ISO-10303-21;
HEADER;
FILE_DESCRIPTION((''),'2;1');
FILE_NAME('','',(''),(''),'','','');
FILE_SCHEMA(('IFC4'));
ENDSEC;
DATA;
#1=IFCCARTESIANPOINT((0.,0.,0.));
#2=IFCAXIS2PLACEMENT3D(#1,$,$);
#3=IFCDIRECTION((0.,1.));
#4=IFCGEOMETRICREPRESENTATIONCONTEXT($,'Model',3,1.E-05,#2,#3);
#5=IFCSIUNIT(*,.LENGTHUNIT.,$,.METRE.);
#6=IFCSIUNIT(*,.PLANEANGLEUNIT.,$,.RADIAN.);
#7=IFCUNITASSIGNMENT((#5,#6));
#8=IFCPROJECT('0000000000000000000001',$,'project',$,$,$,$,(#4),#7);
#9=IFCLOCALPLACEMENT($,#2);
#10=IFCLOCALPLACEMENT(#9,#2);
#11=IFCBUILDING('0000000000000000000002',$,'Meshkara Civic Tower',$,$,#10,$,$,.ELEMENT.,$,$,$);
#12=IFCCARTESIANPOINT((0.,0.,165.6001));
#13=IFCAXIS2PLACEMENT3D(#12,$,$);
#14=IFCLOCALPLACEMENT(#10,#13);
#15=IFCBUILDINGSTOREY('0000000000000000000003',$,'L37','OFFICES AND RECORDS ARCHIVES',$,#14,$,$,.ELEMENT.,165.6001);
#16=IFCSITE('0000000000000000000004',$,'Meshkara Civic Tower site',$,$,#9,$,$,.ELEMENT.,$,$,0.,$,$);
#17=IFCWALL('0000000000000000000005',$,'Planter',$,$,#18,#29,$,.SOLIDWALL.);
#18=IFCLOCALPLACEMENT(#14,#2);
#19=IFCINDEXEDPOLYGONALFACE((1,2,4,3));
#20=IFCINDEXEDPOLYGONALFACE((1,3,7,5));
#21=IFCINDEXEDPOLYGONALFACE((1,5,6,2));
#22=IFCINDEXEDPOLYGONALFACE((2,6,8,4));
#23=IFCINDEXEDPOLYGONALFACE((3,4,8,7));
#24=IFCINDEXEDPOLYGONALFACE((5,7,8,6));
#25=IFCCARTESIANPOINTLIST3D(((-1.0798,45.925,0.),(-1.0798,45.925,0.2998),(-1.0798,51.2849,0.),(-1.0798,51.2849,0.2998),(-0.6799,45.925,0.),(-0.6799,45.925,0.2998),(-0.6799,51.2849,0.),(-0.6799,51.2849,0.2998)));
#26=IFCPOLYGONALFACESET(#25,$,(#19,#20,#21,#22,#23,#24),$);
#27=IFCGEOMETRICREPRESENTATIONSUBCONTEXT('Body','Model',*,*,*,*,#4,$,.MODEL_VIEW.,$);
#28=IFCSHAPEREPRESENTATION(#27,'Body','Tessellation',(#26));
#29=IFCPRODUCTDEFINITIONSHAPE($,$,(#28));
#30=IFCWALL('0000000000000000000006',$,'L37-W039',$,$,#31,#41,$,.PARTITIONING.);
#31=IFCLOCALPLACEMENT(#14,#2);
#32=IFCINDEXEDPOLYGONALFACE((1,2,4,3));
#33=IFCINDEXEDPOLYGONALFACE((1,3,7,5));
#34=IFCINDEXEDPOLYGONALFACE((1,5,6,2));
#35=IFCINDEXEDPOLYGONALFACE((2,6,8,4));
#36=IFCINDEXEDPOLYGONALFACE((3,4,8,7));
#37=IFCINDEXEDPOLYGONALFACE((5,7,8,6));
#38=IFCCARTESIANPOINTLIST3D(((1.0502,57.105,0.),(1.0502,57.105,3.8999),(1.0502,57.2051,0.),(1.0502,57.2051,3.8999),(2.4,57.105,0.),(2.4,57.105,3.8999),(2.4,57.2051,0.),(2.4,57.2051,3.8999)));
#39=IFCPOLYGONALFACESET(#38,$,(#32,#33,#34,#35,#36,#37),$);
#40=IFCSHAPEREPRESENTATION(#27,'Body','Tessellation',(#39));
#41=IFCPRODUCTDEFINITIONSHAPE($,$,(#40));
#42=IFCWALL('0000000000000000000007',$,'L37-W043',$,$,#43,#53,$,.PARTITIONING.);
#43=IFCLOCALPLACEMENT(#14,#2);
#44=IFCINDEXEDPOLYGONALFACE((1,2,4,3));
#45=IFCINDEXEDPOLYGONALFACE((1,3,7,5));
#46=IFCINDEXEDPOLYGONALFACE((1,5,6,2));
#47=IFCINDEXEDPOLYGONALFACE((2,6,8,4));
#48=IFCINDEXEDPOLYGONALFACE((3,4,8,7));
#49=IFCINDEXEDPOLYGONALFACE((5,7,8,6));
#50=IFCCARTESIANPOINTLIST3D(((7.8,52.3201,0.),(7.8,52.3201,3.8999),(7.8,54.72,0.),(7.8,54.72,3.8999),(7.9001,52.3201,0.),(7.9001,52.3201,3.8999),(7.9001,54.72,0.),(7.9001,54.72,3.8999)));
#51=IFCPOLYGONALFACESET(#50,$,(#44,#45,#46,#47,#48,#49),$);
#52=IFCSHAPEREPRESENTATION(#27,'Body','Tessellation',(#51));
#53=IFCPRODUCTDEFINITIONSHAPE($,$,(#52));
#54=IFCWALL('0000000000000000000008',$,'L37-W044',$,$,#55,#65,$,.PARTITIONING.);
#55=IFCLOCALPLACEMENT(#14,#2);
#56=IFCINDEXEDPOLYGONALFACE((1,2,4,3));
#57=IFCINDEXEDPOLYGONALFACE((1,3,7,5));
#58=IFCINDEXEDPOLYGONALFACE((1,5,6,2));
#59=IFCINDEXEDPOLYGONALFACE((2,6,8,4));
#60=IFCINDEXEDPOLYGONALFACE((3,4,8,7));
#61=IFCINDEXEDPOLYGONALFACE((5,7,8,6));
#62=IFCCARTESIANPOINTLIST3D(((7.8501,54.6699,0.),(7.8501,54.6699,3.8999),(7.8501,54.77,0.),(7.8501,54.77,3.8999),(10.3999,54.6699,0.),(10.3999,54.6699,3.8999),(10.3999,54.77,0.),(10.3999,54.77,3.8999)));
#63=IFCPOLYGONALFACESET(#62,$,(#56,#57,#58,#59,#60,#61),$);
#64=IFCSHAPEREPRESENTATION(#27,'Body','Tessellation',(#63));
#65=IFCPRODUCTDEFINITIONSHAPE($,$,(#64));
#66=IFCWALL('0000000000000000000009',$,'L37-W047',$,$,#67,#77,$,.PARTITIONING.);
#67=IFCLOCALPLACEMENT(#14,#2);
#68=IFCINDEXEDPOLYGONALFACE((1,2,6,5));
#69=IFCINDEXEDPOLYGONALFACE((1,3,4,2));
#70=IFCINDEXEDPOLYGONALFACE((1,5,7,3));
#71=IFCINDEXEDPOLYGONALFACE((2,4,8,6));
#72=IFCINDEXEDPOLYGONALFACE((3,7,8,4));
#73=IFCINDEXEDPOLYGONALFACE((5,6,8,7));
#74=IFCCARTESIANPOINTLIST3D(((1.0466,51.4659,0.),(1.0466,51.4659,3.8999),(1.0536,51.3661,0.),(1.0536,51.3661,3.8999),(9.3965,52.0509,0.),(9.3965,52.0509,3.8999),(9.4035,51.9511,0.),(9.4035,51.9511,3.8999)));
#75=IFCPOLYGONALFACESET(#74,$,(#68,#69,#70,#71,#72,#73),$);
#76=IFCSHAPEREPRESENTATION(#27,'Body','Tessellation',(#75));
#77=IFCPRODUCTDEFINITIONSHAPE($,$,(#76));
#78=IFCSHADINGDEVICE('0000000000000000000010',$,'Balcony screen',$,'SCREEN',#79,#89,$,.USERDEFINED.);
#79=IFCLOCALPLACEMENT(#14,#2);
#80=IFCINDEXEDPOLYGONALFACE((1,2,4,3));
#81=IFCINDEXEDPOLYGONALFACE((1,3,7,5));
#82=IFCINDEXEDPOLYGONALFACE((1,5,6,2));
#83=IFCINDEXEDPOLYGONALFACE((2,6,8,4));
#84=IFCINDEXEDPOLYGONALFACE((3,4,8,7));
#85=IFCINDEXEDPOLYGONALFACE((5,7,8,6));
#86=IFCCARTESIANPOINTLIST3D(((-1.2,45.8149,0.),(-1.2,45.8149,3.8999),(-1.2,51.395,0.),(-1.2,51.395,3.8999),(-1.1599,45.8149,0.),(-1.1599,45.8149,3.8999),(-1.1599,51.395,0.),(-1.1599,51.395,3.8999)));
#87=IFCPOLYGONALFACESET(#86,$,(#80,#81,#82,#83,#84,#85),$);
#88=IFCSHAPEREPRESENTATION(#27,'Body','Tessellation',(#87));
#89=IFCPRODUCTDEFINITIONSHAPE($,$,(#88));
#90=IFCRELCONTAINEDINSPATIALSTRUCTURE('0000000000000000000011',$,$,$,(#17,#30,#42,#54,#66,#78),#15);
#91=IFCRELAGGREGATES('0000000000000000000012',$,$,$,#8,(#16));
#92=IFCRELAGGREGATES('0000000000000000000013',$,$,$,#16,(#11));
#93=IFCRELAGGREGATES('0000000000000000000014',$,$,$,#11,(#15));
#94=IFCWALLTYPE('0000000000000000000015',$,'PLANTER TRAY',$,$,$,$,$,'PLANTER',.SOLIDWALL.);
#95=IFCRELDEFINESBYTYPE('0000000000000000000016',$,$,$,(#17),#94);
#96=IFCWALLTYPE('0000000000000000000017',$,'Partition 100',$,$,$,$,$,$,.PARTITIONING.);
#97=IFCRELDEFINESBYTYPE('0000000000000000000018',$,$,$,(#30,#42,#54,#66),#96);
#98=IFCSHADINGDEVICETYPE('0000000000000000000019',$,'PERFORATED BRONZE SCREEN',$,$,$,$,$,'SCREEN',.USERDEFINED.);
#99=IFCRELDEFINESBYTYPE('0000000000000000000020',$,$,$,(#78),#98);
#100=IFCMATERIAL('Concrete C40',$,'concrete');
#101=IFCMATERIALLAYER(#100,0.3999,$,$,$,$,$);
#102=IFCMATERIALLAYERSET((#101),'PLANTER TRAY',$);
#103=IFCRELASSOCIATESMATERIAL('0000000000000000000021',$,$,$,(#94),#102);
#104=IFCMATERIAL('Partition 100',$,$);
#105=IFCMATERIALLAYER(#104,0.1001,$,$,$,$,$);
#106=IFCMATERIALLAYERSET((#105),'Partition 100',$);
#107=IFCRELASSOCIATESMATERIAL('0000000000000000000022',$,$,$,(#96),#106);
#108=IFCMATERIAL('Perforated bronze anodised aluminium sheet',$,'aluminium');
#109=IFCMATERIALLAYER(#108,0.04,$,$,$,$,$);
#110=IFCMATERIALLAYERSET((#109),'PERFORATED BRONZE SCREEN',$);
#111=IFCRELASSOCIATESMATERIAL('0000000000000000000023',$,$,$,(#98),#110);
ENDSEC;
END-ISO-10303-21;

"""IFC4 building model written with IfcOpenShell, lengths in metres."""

from ifc_helpers import new_model, si_unit, direction, frame, frame_2d, origin, origin_2d, place, context, subcontext, project, spatial, rectangle, extrude, material, layer, layer_set, type_object, element, save


model = new_model("IFC4")

# Units and contexts
model_context = context("Model", 3, precision=1e-05, world=origin(), true_north=direction((0.0, 1.0)))
body_context = subcontext(model_context, "Body", "Model", "MODEL_VIEW")
ifc_project = project(units=[si_unit("LENGTHUNIT", "METRE"), si_unit("PLANEANGLEUNIT", "RADIAN")], contexts=[model_context])

# Site, building, storey
site_placement = place(None, origin())
site = spatial("IfcSite", under=ifc_project, at=site_placement, Name="Meshkara Civic Tower site", CompositionType="ELEMENT", RefElevation=0.0)
building_placement = place(site_placement, origin())
building = spatial("IfcBuilding", under=site, at=building_placement, Name="Meshkara Civic Tower", CompositionType="ELEMENT")
storey_placement = place(building_placement, frame((0.0, 0.0, 165.6001)))
storey = spatial("IfcBuildingStorey", under=building, at=storey_placement, Name="L37", Description="OFFICES AND RECORDS ARCHIVES", CompositionType="ELEMENT", Elevation=165.6001)

# Walls
ifc_material_1 = material(Name="Concrete C40", Category="concrete")
ifc_layer_1 = layer(ifc_material_1, 0.3999)
ifc_layer_set_1 = layer_set([ifc_layer_1], Name="PLANTER TRAY")
wall_type_1 = type_object("IfcWallType", Name="PLANTER TRAY", ElementType="PLANTER", PredefinedType="SOLIDWALL", material=ifc_layer_set_1)
wall_1_placement = place(storey_placement, frame((-0.8799, 51.2849, 0.0), z_axis=(0.0, 0.0, 1.0), x_axis=(0.0, -1.0, 0.0)))
element("IfcWall", 1, at=wall_1_placement, inside=storey, type_object=wall_type_1, Name="Planter", PredefinedType="SOLIDWALL", context=body_context, shape_type="SweptSolid", body=[
    extrude(rectangle(XDim=5.3599, YDim=0.3999, at=frame_2d((2.6799, 0.0))), origin(), (0.0, 0.0, 1.0), 0.2998),
])
ifc_material_2 = material(Name="Partition 100")
ifc_layer_2 = layer(ifc_material_2, 0.1001)
ifc_layer_set_2 = layer_set([ifc_layer_2], Name="Partition 100")
wall_type_2 = type_object("IfcWallType", Name="Partition 100", PredefinedType="PARTITIONING", material=ifc_layer_set_2)
wall_2_placement = place(storey_placement, frame((2.3999, 57.155, 0.0), z_axis=(0.0, 0.0, 1.0), x_axis=(-1.0, 0.0, 0.0)))
element("IfcWall", 2, at=wall_2_placement, inside=storey, type_object=wall_type_2, Name="L37-W039", PredefinedType="PARTITIONING", context=body_context, shape_type="SweptSolid", body=[
    extrude(rectangle(XDim=1.3499, YDim=0.1001, at=frame_2d((0.6748, 0.0))), origin(), (0.0, 0.0, 1.0), 3.8999),
])
wall_3_placement = place(storey_placement, frame((7.8501, 52.3201, 0.0), z_axis=(0.0, 0.0, 1.0), x_axis=(0.0, 1.0, 0.0)))
element("IfcWall", 3, at=wall_3_placement, inside=storey, type_object=wall_type_2, Name="L37-W043", PredefinedType="PARTITIONING", context=body_context, shape_type="SweptSolid", body=[
    extrude(rectangle(XDim=2.3999, YDim=0.1001, at=frame_2d((1.2, 0.0))), origin(), (0.0, 0.0, 1.0), 3.8999),
])
wall_4_placement = place(storey_placement, frame((7.8501, 54.72, 0.0), z_axis=(0.0, 0.0, 1.0), x_axis=(1.0, 0.0, 0.0)))
element("IfcWall", 4, at=wall_4_placement, inside=storey, type_object=wall_type_2, Name="L37-W044", PredefinedType="PARTITIONING", context=body_context, shape_type="SweptSolid", body=[
    extrude(rectangle(XDim=2.5498, YDim=0.1001, at=frame_2d((1.2749, 0.0))), origin(), (0.0, 0.0, 1.0), 3.8999),
])
wall_5_placement = place(storey_placement, frame((9.3999, 52.001, 0.0), z_axis=(0.0, 0.0, 1.0), x_axis=(-0.997555, -0.069885, 0.0)))
element("IfcWall", 5, at=wall_5_placement, inside=storey, type_object=wall_type_2, Name="L37-W047", PredefinedType="PARTITIONING", context=body_context, shape_type="SweptSolid", body=[
    extrude(rectangle(XDim=8.3704, YDim=0.1001, at=frame_2d((4.1851, 0.0))), origin(), (0.0, 0.0, 1.0), 3.8999),
])

# Shading device
ifc_material_3 = material(Name="Perforated bronze anodised aluminium sheet", Category="aluminium")
ifc_layer_3 = layer(ifc_material_3, 0.04)
ifc_layer_set_3 = layer_set([ifc_layer_3], Name="PERFORATED BRONZE SCREEN")
shading_device_type = type_object("IfcShadingDeviceType", Name="PERFORATED BRONZE SCREEN", ElementType="SCREEN", PredefinedType="USERDEFINED", material=ifc_layer_set_3)
shading_device_placement = place(storey_placement, frame((-1.1799, 48.605, 0.0), z_axis=(0.0, 0.0, 1.0), x_axis=(0.0, -1.0, 0.0)))
element("IfcShadingDevice", 6, at=shading_device_placement, inside=storey, type_object=shading_device_type, Name="Balcony screen", ObjectType="SCREEN", PredefinedType="USERDEFINED", context=body_context, shape_type="SweptSolid", body=[
    extrude(rectangle(XDim=5.5801, YDim=0.04, at=origin_2d()), origin(), (0.0, 0.0, 1.0), 3.8999),
])

save(model, "model.ifc")
